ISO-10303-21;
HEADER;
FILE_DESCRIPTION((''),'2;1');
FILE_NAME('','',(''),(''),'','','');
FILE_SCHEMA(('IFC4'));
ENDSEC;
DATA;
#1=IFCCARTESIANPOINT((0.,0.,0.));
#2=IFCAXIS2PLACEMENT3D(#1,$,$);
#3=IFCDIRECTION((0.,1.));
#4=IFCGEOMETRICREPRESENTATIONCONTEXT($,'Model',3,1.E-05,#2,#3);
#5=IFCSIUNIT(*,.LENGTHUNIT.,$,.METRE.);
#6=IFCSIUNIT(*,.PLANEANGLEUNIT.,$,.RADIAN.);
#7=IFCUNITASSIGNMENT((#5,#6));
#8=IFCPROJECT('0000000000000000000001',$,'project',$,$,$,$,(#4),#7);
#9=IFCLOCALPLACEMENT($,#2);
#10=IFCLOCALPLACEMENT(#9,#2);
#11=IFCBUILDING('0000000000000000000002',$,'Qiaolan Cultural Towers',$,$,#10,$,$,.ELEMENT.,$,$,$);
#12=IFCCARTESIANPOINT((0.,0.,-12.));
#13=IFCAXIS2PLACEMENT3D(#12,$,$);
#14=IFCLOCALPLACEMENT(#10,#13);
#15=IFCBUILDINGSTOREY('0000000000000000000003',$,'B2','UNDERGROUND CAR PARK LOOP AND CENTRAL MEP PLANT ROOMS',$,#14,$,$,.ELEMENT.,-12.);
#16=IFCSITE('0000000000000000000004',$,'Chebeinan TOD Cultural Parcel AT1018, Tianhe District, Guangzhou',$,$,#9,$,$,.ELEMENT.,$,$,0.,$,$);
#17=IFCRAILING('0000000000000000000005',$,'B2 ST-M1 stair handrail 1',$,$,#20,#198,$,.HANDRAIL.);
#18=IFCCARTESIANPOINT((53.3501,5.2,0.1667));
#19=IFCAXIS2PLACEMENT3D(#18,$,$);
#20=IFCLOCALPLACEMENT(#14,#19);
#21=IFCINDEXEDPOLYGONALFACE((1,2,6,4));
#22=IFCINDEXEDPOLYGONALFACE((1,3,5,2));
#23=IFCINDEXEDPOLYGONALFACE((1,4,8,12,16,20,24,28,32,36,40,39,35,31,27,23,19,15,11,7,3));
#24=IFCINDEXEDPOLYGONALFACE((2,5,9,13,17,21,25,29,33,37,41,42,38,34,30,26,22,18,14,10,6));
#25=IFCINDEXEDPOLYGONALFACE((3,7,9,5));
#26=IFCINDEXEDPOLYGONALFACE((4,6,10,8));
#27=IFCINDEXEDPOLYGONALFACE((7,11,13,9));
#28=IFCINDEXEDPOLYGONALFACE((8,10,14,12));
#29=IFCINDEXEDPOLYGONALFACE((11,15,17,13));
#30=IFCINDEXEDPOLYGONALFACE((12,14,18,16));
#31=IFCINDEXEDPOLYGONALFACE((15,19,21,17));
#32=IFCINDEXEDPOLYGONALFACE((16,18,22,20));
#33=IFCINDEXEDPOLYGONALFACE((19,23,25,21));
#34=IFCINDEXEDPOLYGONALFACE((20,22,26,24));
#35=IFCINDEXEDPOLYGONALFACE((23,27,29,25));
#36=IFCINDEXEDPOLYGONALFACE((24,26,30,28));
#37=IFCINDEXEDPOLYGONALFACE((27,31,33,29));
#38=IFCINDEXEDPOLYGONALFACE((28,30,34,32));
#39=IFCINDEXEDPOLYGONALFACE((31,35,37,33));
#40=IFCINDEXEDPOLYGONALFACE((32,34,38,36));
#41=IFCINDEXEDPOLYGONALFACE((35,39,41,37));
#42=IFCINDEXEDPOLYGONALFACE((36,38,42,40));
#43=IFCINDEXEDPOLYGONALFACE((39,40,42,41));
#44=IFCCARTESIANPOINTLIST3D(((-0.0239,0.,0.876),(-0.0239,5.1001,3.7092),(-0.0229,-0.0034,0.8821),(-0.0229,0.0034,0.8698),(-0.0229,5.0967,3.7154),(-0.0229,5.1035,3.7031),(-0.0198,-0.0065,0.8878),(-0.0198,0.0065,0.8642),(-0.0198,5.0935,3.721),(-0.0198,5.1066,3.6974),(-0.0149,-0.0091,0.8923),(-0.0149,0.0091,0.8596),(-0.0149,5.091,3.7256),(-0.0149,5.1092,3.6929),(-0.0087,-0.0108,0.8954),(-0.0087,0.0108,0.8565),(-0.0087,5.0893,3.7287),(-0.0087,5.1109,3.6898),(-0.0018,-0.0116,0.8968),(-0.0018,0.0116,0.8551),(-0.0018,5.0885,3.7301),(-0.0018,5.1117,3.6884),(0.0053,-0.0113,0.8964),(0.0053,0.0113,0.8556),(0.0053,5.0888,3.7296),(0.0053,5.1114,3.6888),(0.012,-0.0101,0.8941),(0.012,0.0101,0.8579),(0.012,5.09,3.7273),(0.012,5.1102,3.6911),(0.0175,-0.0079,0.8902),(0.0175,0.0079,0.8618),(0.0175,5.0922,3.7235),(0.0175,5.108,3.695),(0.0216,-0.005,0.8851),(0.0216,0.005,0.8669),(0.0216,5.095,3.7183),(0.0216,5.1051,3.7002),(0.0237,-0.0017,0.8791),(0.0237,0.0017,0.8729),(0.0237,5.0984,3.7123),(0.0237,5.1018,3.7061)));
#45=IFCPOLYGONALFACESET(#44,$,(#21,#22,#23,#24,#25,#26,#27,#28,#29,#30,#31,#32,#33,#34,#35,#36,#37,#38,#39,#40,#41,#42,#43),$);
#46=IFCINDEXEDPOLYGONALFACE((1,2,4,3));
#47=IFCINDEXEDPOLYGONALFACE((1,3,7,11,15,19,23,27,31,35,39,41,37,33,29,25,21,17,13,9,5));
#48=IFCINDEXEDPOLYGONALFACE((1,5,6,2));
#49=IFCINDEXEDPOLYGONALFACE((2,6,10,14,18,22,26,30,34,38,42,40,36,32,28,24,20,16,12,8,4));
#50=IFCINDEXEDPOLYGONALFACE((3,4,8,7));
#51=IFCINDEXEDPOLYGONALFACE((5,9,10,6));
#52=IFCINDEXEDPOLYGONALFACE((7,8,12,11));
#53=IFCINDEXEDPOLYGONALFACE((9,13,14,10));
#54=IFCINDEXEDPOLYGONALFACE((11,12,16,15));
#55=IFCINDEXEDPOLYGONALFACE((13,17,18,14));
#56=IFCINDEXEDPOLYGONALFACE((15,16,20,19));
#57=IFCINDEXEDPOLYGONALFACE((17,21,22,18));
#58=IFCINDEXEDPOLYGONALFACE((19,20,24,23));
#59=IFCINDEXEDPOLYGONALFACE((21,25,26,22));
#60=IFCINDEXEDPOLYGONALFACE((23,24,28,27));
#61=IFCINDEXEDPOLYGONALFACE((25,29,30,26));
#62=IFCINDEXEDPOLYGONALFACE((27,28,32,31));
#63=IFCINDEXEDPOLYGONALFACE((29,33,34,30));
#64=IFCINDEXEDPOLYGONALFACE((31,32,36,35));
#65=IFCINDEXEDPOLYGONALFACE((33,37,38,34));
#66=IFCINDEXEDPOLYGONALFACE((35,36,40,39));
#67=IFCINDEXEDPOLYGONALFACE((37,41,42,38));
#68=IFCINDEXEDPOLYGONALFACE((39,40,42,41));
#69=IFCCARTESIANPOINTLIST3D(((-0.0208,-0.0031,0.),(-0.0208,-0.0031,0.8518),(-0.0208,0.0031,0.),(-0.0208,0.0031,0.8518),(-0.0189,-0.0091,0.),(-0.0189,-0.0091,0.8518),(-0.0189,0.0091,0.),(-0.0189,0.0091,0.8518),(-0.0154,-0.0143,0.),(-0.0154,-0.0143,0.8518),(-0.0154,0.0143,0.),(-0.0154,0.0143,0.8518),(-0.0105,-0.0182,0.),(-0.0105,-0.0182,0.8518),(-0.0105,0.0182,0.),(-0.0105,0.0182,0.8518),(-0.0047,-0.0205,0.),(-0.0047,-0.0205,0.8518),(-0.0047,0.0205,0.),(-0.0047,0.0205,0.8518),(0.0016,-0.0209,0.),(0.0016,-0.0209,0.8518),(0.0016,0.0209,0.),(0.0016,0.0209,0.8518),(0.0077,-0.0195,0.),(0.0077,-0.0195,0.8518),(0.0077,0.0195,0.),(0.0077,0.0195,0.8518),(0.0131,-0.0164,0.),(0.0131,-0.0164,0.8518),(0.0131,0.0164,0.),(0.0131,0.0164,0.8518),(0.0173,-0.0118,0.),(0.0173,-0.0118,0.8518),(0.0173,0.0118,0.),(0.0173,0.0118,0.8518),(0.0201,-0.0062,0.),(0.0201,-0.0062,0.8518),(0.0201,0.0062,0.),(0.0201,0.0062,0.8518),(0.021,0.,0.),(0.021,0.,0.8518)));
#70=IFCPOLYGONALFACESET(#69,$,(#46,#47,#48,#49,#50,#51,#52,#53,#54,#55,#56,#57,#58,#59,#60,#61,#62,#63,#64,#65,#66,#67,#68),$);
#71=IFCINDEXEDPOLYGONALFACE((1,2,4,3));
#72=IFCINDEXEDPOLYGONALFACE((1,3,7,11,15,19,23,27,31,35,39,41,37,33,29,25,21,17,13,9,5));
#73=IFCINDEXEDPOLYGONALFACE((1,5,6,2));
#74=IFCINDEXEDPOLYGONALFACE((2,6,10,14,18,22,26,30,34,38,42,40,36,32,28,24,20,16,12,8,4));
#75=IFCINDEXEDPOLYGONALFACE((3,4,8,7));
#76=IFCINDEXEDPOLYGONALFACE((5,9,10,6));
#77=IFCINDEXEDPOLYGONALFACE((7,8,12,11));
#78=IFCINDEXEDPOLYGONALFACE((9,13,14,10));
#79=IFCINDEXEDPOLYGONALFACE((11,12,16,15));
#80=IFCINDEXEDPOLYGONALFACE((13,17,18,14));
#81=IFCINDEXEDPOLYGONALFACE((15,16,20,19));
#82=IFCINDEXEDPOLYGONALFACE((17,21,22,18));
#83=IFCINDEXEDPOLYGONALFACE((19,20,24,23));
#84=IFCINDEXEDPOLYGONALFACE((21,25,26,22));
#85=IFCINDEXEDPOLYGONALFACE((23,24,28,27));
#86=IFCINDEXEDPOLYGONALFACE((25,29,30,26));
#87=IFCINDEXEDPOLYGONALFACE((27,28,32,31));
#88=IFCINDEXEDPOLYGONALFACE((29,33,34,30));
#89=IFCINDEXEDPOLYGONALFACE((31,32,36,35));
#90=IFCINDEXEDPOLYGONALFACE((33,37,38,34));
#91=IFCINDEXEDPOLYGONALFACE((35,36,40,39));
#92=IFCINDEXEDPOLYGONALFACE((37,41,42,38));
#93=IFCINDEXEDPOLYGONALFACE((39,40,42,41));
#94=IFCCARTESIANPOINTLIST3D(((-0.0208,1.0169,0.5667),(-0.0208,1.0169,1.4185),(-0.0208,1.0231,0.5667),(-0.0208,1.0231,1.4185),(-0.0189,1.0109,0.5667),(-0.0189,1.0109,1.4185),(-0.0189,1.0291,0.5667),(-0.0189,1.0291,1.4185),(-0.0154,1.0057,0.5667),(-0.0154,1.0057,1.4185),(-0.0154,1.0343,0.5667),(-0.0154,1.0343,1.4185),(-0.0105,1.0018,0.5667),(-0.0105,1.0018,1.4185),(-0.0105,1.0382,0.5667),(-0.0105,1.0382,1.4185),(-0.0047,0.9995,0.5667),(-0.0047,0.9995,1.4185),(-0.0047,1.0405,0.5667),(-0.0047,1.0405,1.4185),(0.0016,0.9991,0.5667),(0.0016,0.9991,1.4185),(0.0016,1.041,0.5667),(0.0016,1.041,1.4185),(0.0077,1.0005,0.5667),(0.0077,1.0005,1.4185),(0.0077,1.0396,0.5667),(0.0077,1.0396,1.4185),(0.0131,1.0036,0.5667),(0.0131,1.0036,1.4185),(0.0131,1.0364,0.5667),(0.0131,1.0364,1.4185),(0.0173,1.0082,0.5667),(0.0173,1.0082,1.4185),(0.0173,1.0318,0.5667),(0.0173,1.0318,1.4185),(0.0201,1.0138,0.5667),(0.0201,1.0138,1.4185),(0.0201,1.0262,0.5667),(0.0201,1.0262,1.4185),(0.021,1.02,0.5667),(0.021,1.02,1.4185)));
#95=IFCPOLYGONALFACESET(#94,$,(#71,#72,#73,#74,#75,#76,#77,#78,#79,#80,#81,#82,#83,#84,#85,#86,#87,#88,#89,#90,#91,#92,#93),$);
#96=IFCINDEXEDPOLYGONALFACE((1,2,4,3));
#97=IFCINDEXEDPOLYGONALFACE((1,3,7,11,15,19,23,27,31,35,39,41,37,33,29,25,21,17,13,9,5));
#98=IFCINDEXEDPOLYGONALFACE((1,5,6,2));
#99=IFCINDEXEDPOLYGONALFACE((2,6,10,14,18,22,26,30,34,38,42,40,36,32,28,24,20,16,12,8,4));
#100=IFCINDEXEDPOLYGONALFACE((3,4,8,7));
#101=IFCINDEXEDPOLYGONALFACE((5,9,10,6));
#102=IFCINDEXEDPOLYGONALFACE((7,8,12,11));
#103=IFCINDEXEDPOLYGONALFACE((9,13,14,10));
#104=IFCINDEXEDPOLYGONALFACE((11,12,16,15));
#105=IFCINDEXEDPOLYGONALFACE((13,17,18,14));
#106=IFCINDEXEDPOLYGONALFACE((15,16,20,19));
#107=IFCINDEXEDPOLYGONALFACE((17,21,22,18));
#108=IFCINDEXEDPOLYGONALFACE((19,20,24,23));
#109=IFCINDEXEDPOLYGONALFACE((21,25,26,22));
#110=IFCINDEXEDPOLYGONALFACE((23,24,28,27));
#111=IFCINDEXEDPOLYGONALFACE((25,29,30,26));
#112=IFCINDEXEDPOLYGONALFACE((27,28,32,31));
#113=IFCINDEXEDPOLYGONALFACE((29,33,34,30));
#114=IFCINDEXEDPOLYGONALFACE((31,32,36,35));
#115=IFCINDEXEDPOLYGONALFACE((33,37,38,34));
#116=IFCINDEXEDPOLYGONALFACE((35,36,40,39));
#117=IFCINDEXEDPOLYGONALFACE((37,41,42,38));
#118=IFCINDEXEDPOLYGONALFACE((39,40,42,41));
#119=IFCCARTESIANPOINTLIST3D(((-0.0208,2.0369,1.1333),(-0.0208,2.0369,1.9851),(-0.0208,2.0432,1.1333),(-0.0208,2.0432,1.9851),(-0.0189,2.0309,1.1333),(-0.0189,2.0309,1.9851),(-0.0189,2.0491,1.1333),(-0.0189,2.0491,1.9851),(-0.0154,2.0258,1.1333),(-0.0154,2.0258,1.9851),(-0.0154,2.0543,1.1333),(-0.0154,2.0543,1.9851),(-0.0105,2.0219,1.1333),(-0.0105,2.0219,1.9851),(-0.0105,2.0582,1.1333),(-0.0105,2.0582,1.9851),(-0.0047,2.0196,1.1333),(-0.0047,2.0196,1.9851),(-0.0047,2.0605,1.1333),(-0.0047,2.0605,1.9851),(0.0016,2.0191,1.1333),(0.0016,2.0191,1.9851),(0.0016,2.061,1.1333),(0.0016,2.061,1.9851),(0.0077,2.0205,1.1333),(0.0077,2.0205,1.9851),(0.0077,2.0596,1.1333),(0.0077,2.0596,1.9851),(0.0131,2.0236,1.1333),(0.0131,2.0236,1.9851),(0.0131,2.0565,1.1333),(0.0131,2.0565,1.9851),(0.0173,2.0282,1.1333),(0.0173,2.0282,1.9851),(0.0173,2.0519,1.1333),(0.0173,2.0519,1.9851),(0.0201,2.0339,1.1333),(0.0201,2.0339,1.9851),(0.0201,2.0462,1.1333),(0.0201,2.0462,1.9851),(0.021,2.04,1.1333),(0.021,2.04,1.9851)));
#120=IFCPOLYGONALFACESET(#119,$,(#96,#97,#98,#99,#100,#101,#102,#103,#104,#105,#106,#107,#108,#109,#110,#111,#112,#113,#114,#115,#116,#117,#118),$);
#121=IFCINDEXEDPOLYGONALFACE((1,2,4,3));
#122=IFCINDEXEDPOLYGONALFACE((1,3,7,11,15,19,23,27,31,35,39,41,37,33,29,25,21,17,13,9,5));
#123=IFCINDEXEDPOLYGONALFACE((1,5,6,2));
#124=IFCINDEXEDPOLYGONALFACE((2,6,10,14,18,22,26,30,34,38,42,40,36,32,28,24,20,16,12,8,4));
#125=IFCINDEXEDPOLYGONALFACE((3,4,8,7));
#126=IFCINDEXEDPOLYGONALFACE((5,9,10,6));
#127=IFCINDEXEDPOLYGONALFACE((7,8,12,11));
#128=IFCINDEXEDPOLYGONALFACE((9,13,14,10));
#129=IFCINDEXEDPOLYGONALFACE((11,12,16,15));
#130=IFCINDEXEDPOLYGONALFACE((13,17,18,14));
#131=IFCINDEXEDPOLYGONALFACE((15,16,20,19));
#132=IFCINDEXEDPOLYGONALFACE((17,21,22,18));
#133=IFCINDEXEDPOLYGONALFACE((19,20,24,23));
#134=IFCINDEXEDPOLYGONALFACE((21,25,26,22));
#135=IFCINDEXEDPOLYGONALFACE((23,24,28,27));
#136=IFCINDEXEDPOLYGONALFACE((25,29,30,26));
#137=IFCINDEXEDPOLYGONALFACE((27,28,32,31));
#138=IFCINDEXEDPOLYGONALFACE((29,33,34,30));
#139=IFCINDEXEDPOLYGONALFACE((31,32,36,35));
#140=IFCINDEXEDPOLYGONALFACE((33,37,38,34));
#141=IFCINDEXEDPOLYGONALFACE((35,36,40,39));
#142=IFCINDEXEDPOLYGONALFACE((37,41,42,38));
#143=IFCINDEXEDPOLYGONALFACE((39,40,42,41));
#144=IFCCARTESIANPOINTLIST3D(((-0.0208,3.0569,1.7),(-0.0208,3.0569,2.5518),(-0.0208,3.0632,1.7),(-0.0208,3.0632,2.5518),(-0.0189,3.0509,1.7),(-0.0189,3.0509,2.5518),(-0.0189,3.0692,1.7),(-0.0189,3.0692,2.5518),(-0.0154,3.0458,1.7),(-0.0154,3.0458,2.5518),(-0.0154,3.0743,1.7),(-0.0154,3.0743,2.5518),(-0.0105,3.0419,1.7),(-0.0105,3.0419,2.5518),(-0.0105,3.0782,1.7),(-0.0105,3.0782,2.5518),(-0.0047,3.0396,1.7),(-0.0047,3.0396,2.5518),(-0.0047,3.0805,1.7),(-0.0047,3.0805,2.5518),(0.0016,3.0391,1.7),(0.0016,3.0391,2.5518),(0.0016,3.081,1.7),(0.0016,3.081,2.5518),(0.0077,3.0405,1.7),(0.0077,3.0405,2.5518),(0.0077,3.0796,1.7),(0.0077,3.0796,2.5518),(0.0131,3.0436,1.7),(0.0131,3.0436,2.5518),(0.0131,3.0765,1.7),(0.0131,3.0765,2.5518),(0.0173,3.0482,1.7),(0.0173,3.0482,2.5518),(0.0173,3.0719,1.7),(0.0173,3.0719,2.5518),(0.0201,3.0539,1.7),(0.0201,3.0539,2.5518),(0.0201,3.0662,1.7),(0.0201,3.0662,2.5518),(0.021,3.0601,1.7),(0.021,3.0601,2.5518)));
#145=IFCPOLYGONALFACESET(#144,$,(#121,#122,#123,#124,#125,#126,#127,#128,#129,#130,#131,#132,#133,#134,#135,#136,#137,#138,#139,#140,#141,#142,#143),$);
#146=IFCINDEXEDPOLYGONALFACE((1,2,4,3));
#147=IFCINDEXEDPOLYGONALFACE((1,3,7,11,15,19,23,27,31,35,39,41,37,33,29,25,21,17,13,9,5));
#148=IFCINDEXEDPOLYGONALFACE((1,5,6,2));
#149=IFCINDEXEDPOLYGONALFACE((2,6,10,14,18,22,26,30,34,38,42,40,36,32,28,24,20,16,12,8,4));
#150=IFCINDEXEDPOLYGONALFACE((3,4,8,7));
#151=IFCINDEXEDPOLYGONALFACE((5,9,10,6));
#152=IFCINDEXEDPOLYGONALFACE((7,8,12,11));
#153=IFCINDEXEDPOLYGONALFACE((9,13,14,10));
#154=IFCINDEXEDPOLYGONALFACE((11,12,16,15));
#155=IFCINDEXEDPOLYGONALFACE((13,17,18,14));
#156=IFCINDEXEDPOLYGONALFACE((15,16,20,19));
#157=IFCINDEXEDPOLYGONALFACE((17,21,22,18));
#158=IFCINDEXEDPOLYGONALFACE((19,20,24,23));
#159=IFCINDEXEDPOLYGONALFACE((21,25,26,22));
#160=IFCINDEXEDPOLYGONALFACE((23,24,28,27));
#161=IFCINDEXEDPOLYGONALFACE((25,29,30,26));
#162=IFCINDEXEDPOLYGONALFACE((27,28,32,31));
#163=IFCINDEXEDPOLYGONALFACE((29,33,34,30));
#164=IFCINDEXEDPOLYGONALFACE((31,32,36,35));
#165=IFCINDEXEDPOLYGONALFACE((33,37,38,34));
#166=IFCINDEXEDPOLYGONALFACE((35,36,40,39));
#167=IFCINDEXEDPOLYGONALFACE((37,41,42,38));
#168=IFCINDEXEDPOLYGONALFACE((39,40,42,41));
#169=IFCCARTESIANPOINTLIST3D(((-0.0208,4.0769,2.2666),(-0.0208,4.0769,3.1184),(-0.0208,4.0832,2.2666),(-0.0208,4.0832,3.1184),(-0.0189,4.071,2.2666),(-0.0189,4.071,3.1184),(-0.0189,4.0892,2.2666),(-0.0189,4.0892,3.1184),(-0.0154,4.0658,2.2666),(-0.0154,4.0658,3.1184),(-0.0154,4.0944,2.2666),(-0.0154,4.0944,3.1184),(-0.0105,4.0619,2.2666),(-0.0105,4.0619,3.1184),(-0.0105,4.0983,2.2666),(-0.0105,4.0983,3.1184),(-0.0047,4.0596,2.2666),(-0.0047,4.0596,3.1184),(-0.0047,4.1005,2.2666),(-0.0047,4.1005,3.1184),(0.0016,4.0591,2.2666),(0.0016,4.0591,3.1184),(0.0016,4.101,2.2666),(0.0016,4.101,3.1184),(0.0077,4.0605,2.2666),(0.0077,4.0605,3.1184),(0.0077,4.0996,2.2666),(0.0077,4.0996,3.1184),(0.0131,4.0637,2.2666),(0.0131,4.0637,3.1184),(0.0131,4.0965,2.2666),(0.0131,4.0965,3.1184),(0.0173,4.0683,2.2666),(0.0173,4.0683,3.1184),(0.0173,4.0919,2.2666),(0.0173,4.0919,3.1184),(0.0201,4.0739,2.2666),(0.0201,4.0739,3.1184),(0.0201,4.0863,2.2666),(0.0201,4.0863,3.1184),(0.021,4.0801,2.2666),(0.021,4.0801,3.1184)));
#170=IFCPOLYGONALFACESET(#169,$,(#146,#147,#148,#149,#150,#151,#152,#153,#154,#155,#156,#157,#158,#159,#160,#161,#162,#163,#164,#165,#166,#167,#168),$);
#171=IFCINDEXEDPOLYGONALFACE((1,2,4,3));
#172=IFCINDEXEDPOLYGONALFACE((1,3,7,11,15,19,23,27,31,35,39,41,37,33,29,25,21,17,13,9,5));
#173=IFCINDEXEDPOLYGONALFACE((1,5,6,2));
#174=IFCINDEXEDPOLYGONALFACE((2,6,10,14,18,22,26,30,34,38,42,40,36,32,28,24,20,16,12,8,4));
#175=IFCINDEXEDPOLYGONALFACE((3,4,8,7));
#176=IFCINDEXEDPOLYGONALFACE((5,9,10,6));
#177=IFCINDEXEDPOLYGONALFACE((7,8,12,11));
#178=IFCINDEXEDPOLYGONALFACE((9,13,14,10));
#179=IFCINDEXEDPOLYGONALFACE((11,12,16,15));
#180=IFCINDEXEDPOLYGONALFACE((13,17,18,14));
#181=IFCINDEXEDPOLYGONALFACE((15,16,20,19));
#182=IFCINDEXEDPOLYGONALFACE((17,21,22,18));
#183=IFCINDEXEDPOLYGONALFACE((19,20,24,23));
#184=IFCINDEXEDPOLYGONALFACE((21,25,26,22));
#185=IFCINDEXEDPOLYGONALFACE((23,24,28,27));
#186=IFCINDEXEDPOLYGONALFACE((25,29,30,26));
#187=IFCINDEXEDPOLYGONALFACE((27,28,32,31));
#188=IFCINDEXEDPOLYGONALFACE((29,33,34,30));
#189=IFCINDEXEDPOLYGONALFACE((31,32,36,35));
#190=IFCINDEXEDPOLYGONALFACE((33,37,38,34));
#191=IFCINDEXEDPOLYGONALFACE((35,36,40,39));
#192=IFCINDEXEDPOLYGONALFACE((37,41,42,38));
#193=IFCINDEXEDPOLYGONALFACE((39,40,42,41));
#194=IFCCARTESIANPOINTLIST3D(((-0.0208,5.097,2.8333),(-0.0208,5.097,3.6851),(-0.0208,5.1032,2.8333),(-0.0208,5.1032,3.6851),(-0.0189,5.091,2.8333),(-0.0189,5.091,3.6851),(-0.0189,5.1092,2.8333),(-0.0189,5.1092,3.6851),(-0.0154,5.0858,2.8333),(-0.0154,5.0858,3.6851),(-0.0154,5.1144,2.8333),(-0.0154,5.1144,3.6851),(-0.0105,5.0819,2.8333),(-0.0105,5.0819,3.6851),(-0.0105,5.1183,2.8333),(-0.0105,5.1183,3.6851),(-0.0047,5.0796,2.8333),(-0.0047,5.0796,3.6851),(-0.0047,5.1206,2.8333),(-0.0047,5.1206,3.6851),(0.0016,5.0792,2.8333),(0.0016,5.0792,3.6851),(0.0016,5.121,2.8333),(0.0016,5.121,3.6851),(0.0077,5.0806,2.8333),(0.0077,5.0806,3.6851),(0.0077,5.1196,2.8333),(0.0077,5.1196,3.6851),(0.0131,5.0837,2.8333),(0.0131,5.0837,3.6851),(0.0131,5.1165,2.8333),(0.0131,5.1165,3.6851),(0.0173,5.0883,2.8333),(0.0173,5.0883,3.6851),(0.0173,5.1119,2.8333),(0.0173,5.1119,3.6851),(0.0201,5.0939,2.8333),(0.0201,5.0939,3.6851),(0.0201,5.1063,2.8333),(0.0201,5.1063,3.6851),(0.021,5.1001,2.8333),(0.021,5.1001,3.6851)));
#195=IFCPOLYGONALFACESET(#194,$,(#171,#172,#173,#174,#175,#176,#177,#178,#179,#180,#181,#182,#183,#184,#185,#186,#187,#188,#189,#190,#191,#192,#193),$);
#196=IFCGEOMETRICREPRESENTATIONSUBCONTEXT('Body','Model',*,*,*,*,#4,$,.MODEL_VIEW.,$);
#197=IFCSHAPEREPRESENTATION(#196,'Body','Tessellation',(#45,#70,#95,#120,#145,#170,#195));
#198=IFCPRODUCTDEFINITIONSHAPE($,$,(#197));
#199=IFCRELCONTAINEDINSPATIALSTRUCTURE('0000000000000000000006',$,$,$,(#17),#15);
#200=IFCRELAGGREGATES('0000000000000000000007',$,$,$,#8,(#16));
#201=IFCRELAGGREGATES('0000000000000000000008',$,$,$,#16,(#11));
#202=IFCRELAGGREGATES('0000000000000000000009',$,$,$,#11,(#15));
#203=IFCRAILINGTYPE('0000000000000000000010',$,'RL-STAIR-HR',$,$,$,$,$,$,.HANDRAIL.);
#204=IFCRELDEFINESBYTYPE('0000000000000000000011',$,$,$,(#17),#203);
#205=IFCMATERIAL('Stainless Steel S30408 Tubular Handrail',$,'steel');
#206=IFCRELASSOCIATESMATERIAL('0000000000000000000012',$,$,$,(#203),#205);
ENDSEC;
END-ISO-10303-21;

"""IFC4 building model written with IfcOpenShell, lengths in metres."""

from ifc_helpers import new_model, si_unit, direction, frame, origin, origin_2d, place, context, subcontext, project, spatial, circle, extrude, material, type_object, element, save


model = new_model("IFC4")

# Units and contexts
model_context = context("Model", 3, precision=1e-05, world=origin(), true_north=direction((0.0, 1.0)))
body_context = subcontext(model_context, "Body", "Model", "MODEL_VIEW")
ifc_project = project(units=[si_unit("LENGTHUNIT", "METRE"), si_unit("PLANEANGLEUNIT", "RADIAN")], contexts=[model_context])

# Site, building, storey
site_placement = place(None, origin())
site = spatial("IfcSite", under=ifc_project, at=site_placement, Name="Chebeinan TOD Cultural Parcel AT1018, Tianhe District, Guangzhou", CompositionType="ELEMENT", RefElevation=0.0)
building_placement = place(site_placement, origin())
building = spatial("IfcBuilding", under=site, at=building_placement, Name="Qiaolan Cultural Towers", CompositionType="ELEMENT")
storey_placement = place(building_placement, frame((0.0, 0.0, -12.0)))
storey = spatial("IfcBuildingStorey", under=building, at=storey_placement, Name="B2", Description="UNDERGROUND CAR PARK LOOP AND CENTRAL MEP PLANT ROOMS", CompositionType="ELEMENT", Elevation=-12.0)

# Railing
ifc_material_1 = material(Name="Stainless Steel S30408 Tubular Handrail", Category="steel")
railing_type_1 = type_object("IfcRailingType", Name="RL-STAIR-HR", PredefinedType="HANDRAIL", material=ifc_material_1)
railing_1_placement = place(storey_placement, frame((53.3501, 5.2, 0.1667)))
element("IfcRailing", 1, at=railing_1_placement, inside=storey, type_object=railing_type_1, Name="B2 ST-M1 stair handrail 1", PredefinedType="HANDRAIL", context=body_context, shape_type="SweptSolid", body=[
    extrude(circle(Radius=0.0239, at=origin_2d()), frame((0.0, 0.0, 0.876), z_axis=(0.0, 0.874167, 0.485625), x_axis=(-1.0, 0.0, 0.0)), (0.0, 0.0, 1.0), 5.8342),
    extrude(circle(Radius=0.021, at=origin_2d()), origin(), (0.0, 0.0, 1.0), 0.8518),
    extrude(circle(Radius=0.021, at=origin_2d()), frame((0.0, 1.02, 0.5667)), (0.0, 0.0, 1.0), 0.8518),
    extrude(circle(Radius=0.021, at=origin_2d()), frame((0.0, 2.04, 1.1333)), (0.0, 0.0, 1.0), 0.8518),
    extrude(circle(Radius=0.021, at=origin_2d()), frame((0.0, 3.0601, 1.7)), (0.0, 0.0, 1.0), 0.8518),
    extrude(circle(Radius=0.021, at=origin_2d()), frame((0.0, 4.0801, 2.2666)), (0.0, 0.0, 1.0), 0.8518),
    extrude(circle(Radius=0.021, at=origin_2d()), frame((0.0, 5.1001, 2.8333)), (0.0, 0.0, 1.0), 0.8518),
])

save(model, "model.ifc")
